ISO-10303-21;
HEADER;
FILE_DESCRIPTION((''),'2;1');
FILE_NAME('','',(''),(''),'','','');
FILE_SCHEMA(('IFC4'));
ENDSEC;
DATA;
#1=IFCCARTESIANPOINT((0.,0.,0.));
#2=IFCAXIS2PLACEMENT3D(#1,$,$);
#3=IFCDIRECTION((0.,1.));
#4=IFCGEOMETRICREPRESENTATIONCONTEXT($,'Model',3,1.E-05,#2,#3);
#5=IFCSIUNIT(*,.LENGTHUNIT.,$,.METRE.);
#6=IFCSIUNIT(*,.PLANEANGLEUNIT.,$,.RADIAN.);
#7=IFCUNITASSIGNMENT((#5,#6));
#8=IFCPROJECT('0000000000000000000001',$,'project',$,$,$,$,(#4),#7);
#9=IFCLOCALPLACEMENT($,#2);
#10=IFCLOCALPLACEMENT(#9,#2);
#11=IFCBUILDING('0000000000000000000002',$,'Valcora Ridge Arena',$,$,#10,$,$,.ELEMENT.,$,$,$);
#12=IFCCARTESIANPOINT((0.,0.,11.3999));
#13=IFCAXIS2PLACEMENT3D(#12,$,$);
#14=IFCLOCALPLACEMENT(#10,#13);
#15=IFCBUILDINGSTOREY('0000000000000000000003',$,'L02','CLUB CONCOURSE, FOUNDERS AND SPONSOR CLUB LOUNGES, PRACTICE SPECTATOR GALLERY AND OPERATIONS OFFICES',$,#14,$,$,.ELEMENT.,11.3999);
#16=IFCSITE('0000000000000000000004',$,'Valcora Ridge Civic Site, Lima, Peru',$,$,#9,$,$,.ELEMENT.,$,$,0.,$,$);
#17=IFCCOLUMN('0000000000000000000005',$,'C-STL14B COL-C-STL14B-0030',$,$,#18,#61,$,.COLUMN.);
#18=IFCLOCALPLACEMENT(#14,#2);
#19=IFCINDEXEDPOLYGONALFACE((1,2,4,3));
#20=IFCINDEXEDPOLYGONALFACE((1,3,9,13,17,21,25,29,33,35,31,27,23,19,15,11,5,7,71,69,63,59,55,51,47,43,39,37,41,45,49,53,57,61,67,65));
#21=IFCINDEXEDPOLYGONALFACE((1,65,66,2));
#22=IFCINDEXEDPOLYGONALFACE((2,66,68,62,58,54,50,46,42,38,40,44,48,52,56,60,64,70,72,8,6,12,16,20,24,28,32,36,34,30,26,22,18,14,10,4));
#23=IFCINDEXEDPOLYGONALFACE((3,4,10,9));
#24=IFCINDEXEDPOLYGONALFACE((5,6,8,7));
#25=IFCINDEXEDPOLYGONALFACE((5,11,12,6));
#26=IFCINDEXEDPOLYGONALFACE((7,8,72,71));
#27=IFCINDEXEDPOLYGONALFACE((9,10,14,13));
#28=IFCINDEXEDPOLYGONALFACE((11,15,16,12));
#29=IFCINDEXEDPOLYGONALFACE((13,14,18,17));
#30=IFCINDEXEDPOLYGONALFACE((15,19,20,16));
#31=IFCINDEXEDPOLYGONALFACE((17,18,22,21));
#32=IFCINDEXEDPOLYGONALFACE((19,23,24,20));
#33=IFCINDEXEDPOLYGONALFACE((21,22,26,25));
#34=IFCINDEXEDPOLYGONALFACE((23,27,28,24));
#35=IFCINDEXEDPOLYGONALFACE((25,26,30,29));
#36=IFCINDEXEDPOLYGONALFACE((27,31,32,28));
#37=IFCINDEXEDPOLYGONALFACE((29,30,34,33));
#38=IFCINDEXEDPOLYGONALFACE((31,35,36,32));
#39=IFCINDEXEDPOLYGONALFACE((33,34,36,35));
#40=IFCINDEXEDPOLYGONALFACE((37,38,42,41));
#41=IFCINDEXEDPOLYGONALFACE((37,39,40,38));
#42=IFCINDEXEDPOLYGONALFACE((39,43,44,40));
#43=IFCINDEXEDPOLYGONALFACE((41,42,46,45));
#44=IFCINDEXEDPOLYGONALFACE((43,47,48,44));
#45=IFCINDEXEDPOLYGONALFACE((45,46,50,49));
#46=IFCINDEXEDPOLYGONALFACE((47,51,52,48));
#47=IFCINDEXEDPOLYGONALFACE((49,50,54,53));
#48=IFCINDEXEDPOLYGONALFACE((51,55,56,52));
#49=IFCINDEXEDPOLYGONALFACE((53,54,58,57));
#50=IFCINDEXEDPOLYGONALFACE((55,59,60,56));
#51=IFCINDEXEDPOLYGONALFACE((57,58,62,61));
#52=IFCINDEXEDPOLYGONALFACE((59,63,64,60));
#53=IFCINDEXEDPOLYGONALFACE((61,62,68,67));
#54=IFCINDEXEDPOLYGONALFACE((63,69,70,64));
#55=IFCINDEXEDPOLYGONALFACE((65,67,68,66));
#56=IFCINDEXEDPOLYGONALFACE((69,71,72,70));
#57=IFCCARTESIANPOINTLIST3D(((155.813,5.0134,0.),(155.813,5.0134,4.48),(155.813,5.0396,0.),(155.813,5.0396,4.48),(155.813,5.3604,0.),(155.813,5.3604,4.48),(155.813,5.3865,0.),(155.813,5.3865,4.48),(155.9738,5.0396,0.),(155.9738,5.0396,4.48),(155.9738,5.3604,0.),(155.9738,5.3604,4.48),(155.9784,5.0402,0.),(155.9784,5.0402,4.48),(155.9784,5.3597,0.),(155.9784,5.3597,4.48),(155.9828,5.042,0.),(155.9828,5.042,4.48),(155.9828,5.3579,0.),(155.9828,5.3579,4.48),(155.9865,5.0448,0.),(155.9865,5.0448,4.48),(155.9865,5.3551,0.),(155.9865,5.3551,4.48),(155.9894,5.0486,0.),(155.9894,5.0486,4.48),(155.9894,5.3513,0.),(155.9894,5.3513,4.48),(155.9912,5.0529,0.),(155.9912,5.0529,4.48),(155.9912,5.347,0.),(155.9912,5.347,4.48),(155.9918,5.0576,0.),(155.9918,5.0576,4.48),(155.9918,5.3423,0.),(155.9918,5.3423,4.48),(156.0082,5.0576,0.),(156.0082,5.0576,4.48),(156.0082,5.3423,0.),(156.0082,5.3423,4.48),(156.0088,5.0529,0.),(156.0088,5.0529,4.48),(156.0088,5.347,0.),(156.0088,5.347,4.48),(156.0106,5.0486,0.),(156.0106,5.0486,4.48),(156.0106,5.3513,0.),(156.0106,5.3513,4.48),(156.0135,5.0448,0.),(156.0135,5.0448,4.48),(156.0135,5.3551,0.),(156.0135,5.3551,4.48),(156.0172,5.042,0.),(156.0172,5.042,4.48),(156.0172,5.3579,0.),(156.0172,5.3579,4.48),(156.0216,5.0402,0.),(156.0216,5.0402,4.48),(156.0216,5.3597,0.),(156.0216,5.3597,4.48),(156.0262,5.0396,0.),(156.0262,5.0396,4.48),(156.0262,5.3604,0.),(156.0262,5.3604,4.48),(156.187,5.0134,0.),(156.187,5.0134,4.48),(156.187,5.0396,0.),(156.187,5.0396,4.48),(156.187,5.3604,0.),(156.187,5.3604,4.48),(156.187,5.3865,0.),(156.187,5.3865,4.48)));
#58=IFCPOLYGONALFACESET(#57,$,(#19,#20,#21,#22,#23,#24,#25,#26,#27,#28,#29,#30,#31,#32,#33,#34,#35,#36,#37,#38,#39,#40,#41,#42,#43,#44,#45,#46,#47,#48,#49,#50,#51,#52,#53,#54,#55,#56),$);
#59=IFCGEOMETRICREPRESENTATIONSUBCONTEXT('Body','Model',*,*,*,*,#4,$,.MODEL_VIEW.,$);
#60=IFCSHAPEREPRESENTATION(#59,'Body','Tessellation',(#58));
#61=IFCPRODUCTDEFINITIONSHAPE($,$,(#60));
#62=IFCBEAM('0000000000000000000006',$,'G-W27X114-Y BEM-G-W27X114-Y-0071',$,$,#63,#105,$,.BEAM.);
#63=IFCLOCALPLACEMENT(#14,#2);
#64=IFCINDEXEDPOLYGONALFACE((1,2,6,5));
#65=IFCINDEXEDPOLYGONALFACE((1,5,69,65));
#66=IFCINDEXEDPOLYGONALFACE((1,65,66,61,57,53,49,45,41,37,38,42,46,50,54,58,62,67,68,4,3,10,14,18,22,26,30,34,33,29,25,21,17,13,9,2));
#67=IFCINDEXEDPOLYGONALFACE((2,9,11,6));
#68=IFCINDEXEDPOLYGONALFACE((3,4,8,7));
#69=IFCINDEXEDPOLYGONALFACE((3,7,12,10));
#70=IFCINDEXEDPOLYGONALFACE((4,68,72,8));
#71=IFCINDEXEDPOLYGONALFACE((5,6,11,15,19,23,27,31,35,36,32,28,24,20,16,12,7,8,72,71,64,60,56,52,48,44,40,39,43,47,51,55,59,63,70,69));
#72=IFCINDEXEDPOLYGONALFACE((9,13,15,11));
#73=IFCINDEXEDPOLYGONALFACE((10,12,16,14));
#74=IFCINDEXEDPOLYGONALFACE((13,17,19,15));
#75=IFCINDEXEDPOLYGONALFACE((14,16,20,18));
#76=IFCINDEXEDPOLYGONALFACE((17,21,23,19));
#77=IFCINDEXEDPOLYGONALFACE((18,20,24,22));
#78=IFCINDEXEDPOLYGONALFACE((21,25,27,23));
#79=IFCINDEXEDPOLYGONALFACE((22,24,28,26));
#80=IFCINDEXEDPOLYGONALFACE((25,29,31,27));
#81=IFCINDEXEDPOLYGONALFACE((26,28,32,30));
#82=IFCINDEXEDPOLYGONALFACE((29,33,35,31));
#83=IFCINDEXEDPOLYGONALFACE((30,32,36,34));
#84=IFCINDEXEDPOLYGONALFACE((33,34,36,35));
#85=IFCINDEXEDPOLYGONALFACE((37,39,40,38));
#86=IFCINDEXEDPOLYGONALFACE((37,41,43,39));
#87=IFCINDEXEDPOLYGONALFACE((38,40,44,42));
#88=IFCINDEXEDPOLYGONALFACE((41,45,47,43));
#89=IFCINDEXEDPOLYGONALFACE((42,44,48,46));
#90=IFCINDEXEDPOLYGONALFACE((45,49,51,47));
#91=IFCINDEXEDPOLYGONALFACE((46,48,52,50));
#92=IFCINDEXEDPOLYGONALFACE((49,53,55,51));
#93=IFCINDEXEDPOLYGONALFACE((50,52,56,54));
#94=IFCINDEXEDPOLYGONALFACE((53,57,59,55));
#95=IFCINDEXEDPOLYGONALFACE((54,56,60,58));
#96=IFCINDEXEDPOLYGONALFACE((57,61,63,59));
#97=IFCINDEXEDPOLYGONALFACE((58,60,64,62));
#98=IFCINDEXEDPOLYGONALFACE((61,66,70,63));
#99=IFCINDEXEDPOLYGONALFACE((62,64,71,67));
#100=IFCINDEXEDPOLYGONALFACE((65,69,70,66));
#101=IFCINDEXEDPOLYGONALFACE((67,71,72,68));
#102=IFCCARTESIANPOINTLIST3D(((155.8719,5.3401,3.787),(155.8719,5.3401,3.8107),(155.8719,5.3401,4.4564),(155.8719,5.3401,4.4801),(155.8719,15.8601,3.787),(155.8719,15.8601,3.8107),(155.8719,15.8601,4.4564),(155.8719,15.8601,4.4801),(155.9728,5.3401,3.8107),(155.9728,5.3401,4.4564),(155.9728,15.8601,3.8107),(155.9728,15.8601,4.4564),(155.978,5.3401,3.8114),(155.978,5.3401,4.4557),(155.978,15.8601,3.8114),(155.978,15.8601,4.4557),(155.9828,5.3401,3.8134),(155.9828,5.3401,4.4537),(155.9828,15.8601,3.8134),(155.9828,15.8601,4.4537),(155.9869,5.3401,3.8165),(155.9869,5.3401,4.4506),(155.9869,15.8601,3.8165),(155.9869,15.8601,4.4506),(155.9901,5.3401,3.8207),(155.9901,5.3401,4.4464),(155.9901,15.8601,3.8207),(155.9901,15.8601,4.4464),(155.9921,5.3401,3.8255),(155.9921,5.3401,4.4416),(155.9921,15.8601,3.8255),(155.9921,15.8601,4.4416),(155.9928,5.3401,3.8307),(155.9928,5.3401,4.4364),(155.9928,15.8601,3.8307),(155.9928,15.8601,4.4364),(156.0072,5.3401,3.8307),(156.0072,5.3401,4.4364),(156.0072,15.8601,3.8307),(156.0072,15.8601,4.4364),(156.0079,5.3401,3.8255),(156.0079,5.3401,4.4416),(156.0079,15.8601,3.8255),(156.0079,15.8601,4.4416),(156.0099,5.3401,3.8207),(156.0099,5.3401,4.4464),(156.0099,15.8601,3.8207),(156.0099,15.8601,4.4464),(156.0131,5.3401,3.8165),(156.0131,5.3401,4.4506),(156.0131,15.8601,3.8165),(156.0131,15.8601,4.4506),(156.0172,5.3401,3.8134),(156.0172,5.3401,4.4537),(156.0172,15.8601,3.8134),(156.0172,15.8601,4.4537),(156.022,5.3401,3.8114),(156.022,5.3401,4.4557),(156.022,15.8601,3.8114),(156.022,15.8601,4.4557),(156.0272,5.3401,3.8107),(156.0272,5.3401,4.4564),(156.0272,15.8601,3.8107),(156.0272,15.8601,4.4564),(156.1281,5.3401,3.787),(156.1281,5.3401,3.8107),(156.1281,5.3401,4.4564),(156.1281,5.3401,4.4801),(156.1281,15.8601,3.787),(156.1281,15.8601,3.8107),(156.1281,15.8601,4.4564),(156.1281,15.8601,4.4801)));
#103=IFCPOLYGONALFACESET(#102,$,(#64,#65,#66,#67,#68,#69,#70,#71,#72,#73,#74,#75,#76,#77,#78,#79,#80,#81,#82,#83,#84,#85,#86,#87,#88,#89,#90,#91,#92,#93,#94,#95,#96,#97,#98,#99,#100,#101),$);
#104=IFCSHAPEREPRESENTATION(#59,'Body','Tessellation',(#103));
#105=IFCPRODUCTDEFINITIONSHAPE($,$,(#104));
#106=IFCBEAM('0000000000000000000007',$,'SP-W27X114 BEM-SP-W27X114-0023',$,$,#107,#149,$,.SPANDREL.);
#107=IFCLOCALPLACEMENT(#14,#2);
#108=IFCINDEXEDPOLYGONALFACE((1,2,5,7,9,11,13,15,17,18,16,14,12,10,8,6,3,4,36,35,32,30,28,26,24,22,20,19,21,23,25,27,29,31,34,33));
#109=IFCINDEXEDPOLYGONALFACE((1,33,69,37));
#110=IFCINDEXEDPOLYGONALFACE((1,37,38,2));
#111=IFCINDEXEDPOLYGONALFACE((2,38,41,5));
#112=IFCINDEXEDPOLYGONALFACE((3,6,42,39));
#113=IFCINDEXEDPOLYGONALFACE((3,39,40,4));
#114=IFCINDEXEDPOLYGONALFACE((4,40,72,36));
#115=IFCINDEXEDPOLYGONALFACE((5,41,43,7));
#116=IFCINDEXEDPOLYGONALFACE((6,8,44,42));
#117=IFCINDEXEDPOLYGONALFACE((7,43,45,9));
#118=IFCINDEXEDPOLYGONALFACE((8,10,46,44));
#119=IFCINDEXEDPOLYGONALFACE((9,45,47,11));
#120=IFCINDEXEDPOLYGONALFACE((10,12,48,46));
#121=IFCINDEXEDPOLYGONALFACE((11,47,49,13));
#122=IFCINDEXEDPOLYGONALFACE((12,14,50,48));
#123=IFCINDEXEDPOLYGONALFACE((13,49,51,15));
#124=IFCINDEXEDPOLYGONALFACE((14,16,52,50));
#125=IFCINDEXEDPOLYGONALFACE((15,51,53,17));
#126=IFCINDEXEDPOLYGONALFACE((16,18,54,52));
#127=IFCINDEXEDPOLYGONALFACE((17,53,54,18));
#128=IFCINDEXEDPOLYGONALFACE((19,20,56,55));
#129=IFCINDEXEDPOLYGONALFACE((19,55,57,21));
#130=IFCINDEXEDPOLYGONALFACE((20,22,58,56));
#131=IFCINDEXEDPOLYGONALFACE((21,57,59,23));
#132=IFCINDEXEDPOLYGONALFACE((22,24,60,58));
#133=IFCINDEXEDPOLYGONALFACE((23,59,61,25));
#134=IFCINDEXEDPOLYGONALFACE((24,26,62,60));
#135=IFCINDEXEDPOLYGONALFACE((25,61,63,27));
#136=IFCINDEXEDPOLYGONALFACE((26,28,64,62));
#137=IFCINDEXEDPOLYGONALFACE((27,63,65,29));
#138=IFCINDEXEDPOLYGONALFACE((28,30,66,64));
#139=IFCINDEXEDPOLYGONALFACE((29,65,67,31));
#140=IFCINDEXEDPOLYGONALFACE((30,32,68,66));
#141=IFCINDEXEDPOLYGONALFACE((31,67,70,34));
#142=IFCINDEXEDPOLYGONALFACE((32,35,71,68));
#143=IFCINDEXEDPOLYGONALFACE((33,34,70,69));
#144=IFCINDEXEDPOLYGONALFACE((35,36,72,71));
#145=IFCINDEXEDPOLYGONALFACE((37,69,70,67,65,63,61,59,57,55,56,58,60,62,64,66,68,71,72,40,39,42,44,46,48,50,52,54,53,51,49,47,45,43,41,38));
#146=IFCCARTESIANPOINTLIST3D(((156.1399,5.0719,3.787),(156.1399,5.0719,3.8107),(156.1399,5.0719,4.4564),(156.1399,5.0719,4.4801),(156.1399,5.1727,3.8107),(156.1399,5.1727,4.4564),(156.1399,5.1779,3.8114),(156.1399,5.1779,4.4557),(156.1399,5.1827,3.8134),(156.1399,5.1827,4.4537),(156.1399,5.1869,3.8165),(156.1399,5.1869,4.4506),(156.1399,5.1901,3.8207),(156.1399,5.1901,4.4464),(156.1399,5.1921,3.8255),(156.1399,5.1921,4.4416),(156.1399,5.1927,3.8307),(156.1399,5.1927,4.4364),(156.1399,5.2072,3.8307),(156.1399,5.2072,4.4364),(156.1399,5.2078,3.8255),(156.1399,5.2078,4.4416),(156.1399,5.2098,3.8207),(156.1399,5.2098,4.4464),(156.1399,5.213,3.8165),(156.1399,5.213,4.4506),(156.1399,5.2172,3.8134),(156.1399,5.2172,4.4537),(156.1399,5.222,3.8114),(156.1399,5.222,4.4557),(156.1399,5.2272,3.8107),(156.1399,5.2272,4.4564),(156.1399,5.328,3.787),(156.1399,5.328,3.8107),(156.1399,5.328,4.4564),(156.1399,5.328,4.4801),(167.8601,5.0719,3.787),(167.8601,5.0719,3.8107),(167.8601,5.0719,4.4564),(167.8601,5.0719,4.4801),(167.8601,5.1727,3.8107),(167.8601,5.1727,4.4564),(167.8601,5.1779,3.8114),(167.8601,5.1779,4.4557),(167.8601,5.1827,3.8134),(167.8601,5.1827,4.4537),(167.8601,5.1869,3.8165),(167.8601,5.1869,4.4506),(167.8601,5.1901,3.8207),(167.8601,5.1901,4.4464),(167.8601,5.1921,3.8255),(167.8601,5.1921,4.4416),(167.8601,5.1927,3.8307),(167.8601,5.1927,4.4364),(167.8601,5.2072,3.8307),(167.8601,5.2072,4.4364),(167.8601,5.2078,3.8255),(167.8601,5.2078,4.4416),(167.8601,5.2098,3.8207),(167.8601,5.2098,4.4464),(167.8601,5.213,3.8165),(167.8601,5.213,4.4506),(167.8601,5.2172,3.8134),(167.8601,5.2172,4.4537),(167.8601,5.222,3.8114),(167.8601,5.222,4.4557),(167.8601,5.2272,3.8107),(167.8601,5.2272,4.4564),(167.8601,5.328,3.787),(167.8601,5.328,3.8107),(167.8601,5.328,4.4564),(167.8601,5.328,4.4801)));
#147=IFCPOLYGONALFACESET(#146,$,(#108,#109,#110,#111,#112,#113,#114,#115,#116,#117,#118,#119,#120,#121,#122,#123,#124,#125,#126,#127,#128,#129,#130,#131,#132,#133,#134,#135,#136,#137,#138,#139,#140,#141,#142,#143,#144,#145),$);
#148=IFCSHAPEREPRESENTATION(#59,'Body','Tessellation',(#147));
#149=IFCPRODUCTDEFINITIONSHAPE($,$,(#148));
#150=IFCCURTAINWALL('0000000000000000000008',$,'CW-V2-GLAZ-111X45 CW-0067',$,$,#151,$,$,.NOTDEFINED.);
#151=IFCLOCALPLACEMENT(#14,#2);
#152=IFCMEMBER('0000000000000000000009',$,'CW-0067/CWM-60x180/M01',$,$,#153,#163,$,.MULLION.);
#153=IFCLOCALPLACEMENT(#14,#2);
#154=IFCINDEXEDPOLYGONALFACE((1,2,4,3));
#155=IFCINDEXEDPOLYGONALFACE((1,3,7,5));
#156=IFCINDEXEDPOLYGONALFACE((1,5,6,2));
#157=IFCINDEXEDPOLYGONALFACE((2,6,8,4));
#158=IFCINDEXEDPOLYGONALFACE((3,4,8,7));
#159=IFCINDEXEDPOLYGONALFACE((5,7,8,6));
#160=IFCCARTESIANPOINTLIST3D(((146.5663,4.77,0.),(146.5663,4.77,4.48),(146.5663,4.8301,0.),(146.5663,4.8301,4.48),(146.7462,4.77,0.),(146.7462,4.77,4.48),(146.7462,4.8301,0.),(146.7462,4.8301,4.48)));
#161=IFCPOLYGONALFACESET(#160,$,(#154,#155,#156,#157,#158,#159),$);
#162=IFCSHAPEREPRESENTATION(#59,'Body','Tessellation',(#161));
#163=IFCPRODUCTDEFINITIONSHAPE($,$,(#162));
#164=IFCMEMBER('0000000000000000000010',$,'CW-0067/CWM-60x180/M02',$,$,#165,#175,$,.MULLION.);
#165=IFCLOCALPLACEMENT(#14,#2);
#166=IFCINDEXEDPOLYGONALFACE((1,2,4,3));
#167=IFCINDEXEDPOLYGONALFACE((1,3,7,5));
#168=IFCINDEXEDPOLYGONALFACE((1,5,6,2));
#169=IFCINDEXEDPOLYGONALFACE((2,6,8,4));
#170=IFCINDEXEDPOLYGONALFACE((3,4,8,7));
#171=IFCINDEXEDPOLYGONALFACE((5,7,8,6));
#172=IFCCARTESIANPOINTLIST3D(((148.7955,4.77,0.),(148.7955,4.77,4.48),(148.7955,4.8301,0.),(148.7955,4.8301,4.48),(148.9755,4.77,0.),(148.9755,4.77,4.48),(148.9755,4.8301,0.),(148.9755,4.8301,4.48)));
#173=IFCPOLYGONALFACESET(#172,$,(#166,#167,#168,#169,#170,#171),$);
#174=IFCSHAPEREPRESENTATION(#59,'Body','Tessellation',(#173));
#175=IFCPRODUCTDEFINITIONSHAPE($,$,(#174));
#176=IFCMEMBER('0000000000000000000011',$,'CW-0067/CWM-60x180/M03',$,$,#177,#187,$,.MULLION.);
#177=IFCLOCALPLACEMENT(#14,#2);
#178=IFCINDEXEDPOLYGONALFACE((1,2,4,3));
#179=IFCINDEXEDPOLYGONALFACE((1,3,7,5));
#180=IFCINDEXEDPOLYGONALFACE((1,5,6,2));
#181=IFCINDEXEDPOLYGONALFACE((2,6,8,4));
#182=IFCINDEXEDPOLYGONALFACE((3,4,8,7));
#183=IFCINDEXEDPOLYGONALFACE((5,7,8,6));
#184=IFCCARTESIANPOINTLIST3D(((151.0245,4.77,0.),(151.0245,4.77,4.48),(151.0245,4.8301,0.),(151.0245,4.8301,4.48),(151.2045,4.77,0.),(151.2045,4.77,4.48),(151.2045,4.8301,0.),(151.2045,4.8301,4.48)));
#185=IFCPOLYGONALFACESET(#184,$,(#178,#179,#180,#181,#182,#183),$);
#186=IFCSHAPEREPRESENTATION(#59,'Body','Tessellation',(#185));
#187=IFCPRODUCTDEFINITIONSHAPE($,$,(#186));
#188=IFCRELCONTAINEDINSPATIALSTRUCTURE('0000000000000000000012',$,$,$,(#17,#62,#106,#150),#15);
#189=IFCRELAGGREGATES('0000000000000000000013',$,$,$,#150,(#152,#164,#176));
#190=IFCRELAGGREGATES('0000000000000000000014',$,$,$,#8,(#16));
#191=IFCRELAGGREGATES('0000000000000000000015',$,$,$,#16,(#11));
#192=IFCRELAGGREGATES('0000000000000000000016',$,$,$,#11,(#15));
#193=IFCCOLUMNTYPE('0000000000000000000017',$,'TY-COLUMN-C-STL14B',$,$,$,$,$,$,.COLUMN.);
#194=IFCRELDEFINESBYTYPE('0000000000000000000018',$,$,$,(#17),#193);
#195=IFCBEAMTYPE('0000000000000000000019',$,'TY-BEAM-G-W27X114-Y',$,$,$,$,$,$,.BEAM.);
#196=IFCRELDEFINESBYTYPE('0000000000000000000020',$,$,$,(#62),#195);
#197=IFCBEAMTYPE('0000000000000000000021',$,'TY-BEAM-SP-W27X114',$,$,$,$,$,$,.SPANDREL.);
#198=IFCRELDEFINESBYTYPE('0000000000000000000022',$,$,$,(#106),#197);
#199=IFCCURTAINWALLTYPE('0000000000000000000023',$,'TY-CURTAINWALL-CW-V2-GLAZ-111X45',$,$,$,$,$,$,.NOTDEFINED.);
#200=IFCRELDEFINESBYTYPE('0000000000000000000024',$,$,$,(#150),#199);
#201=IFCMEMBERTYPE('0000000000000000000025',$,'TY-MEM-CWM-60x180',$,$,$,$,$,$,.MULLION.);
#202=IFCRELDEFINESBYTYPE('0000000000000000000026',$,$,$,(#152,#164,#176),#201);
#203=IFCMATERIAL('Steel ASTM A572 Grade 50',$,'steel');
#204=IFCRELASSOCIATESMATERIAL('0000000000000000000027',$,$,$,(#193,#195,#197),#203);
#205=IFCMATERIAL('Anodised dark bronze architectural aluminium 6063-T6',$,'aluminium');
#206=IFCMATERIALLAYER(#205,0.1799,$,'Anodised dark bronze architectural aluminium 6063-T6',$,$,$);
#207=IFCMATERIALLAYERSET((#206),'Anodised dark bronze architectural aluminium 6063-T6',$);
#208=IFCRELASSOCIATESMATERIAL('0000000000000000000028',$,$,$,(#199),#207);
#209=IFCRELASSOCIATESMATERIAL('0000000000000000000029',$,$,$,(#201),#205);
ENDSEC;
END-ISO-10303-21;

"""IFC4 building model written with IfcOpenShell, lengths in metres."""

from ifc_helpers import new_model, si_unit, direction, frame, origin, origin_2d, place, context, subcontext, project, spatial, rectangle, i_section, extrude, material, layer, layer_set, material_profile, profile_set, type_object, element, aggregate, save


model = new_model("IFC4")

# Units and contexts
model_context = context("Model", 3, precision=1e-05, world=origin(), true_north=direction((0.0, 1.0)))
body_context = subcontext(model_context, "Body", "Model", "MODEL_VIEW")
ifc_project = project(units=[si_unit("LENGTHUNIT", "METRE"), si_unit("PLANEANGLEUNIT", "RADIAN")], contexts=[model_context])

# Site, building, storey
site_placement = place(None, origin())
site = spatial("IfcSite", under=ifc_project, at=site_placement, Name="Valcora Ridge Civic Site, Lima, Peru", CompositionType="ELEMENT", RefElevation=0.0)
building_placement = place(site_placement, origin())
building = spatial("IfcBuilding", under=site, at=building_placement, Name="Valcora Ridge Arena", CompositionType="ELEMENT")
storey_placement = place(building_placement, frame((0.0, 0.0, 11.3999)))
storey = spatial("IfcBuildingStorey", under=building, at=storey_placement, Name="L02", Description="CLUB CONCOURSE, FOUNDERS AND SPONSOR CLUB LOUNGES, PRACTICE SPECTATOR GALLERY AND OPERATIONS OFFICES", CompositionType="ELEMENT", Elevation=11.3999)

# Column
ifc_material_1 = material(Name="Steel ASTM A572 Grade 50", Category="steel")
ifc_material_profile_1 = material_profile(ifc_material_1, i_section(OverallWidth=0.374, OverallDepth=0.373, WebThickness=0.0164, FlangeThickness=0.0261, FilletRadius=0.0181, at=origin_2d()), Name="W14X132")
ifc_profile_set_1 = profile_set([ifc_material_profile_1], Name="Steel ASTM A572 Grade 50")
column_type = type_object("IfcColumnType", Name="TY-COLUMN-C-STL14B", PredefinedType="COLUMN", material=ifc_profile_set_1)
column_placement = place(storey_placement, frame((156.0, 5.2, 0.0), z_axis=(0.0, 0.0, 1.0), x_axis=(1.0, 0.0, 0.0)))
element("IfcColumn", 1, at=column_placement, inside=storey, type_object=column_type, Name="C-STL14B COL-C-STL14B-0030", PredefinedType="COLUMN", context=body_context, shape_type="SweptSolid", body=[
    extrude(i_section(OverallWidth=0.374, OverallDepth=0.373, WebThickness=0.0164, FlangeThickness=0.0261, FilletRadius=0.0181, at=origin_2d()), origin(), (0.0, 0.0, 1.0), 4.48),
])

# Beams
ifc_material_profile_2 = material_profile(ifc_material_1, i_section(OverallWidth=0.2561, OverallDepth=0.6931, WebThickness=0.0144, FlangeThickness=0.0237, FilletRadius=0.02, at=origin_2d()), Name="W27X114")
ifc_profile_set_2 = profile_set([ifc_material_profile_2], Name="Steel ASTM A572 Grade 50")
beam_type_1 = type_object("IfcBeamType", Name="TY-BEAM-G-W27X114-Y", PredefinedType="BEAM", material=ifc_profile_set_2)
beam_1_placement = place(storey_placement, frame((156.0, 5.3401, 4.1335), z_axis=(0.0, 1.0, 0.0), x_axis=(-1.0, 0.0, 0.0)))
element("IfcBeam", 2, at=beam_1_placement, inside=storey, type_object=beam_type_1, Name="G-W27X114-Y BEM-G-W27X114-Y-0071", PredefinedType="BEAM", context=body_context, shape_type="SweptSolid", body=[
    extrude(i_section(OverallWidth=0.2561, OverallDepth=0.6931, WebThickness=0.0144, FlangeThickness=0.0237, FilletRadius=0.02, at=origin_2d()), origin(), (0.0, 0.0, 1.0), 10.52),
])
ifc_material_profile_3 = material_profile(ifc_material_1, i_section(OverallWidth=0.2561, OverallDepth=0.6931, WebThickness=0.0144, FlangeThickness=0.0237, FilletRadius=0.02, at=origin_2d()), Name="W27X114")
ifc_profile_set_3 = profile_set([ifc_material_profile_3], Name="Steel ASTM A572 Grade 50")
beam_type_2 = type_object("IfcBeamType", Name="TY-BEAM-SP-W27X114", PredefinedType="SPANDREL", material=ifc_profile_set_3)
beam_2_placement = place(storey_placement, frame((156.1399, 5.2, 4.1335), z_axis=(1.0, 0.0, 0.0), x_axis=(0.0, 1.0, 0.0)))
element("IfcBeam", 3, at=beam_2_placement, inside=storey, type_object=beam_type_2, Name="SP-W27X114 BEM-SP-W27X114-0023", PredefinedType="SPANDREL", context=body_context, shape_type="SweptSolid", body=[
    extrude(i_section(OverallWidth=0.2561, OverallDepth=0.6931, WebThickness=0.0144, FlangeThickness=0.0237, FilletRadius=0.02, at=origin_2d()), origin(), (0.0, 0.0, 1.0), 11.7202),
])

# Curtain wall, members
ifc_material_2 = material(Name="Anodised dark bronze architectural aluminium 6063-T6", Category="aluminium")
ifc_layer_1 = layer(ifc_material_2, 0.1799, Name="Anodised dark bronze architectural aluminium 6063-T6")
ifc_layer_set_1 = layer_set([ifc_layer_1], Name="Anodised dark bronze architectural aluminium 6063-T6")
curtain_wall_type = type_object("IfcCurtainWallType", Name="TY-CURTAINWALL-CW-V2-GLAZ-111X45", PredefinedType="NOTDEFINED", material=ifc_layer_set_1)
curtain_wall_1_placement = place(storey_placement, origin())
curtain_wall_1 = element("IfcCurtainWall", 4, at=curtain_wall_1_placement, inside=storey, type_object=curtain_wall_type, Name="CW-V2-GLAZ-111X45 CW-0067", PredefinedType="NOTDEFINED")
ifc_material_profile_4 = material_profile(ifc_material_2, rectangle(XDim=0.0601, YDim=0.1799, at=origin_2d()), Name="ALU MULLION 60x180")
ifc_profile_set_4 = profile_set([ifc_material_profile_4], Name="Anodised dark bronze architectural aluminium 6063-T6")
member_type_1 = type_object("IfcMemberType", Name="TY-MEM-CWM-60x180", PredefinedType="MULLION", material=ifc_profile_set_4)
member_1_placement = place(storey_placement, frame((146.6562, 4.8, 0.0), z_axis=(0.0, 0.0, 1.0), x_axis=(0.0, 1.0, 0.0)))
member_1 = element("IfcMember", 5, at=member_1_placement, type_object=member_type_1, Name="CW-0067/CWM-60x180/M01", PredefinedType="MULLION", context=body_context, shape_type="SweptSolid", body=[
    extrude(rectangle(XDim=0.0601, YDim=0.1799, at=origin_2d()), origin(), (0.0, 0.0, 1.0), 4.48),
])
member_2_placement = place(storey_placement, frame((148.8855, 4.8, 0.0), z_axis=(0.0, 0.0, 1.0), x_axis=(0.0, 1.0, 0.0)))
member_2 = element("IfcMember", 6, at=member_2_placement, type_object=member_type_1, Name="CW-0067/CWM-60x180/M02", PredefinedType="MULLION", context=body_context, shape_type="SweptSolid", body=[
    extrude(rectangle(XDim=0.0601, YDim=0.1799, at=origin_2d()), origin(), (0.0, 0.0, 1.0), 4.48),
])
member_3_placement = place(storey_placement, frame((151.1145, 4.8, 0.0), z_axis=(0.0, 0.0, 1.0), x_axis=(0.0, 1.0, 0.0)))
member_3 = element("IfcMember", 7, at=member_3_placement, type_object=member_type_1, Name="CW-0067/CWM-60x180/M03", PredefinedType="MULLION", context=body_context, shape_type="SweptSolid", body=[
    extrude(rectangle(XDim=0.0601, YDim=0.1799, at=origin_2d()), origin(), (0.0, 0.0, 1.0), 4.48),
])

aggregate(curtain_wall_1, [member_1, member_2, member_3])

save(model, "model.ifc")
